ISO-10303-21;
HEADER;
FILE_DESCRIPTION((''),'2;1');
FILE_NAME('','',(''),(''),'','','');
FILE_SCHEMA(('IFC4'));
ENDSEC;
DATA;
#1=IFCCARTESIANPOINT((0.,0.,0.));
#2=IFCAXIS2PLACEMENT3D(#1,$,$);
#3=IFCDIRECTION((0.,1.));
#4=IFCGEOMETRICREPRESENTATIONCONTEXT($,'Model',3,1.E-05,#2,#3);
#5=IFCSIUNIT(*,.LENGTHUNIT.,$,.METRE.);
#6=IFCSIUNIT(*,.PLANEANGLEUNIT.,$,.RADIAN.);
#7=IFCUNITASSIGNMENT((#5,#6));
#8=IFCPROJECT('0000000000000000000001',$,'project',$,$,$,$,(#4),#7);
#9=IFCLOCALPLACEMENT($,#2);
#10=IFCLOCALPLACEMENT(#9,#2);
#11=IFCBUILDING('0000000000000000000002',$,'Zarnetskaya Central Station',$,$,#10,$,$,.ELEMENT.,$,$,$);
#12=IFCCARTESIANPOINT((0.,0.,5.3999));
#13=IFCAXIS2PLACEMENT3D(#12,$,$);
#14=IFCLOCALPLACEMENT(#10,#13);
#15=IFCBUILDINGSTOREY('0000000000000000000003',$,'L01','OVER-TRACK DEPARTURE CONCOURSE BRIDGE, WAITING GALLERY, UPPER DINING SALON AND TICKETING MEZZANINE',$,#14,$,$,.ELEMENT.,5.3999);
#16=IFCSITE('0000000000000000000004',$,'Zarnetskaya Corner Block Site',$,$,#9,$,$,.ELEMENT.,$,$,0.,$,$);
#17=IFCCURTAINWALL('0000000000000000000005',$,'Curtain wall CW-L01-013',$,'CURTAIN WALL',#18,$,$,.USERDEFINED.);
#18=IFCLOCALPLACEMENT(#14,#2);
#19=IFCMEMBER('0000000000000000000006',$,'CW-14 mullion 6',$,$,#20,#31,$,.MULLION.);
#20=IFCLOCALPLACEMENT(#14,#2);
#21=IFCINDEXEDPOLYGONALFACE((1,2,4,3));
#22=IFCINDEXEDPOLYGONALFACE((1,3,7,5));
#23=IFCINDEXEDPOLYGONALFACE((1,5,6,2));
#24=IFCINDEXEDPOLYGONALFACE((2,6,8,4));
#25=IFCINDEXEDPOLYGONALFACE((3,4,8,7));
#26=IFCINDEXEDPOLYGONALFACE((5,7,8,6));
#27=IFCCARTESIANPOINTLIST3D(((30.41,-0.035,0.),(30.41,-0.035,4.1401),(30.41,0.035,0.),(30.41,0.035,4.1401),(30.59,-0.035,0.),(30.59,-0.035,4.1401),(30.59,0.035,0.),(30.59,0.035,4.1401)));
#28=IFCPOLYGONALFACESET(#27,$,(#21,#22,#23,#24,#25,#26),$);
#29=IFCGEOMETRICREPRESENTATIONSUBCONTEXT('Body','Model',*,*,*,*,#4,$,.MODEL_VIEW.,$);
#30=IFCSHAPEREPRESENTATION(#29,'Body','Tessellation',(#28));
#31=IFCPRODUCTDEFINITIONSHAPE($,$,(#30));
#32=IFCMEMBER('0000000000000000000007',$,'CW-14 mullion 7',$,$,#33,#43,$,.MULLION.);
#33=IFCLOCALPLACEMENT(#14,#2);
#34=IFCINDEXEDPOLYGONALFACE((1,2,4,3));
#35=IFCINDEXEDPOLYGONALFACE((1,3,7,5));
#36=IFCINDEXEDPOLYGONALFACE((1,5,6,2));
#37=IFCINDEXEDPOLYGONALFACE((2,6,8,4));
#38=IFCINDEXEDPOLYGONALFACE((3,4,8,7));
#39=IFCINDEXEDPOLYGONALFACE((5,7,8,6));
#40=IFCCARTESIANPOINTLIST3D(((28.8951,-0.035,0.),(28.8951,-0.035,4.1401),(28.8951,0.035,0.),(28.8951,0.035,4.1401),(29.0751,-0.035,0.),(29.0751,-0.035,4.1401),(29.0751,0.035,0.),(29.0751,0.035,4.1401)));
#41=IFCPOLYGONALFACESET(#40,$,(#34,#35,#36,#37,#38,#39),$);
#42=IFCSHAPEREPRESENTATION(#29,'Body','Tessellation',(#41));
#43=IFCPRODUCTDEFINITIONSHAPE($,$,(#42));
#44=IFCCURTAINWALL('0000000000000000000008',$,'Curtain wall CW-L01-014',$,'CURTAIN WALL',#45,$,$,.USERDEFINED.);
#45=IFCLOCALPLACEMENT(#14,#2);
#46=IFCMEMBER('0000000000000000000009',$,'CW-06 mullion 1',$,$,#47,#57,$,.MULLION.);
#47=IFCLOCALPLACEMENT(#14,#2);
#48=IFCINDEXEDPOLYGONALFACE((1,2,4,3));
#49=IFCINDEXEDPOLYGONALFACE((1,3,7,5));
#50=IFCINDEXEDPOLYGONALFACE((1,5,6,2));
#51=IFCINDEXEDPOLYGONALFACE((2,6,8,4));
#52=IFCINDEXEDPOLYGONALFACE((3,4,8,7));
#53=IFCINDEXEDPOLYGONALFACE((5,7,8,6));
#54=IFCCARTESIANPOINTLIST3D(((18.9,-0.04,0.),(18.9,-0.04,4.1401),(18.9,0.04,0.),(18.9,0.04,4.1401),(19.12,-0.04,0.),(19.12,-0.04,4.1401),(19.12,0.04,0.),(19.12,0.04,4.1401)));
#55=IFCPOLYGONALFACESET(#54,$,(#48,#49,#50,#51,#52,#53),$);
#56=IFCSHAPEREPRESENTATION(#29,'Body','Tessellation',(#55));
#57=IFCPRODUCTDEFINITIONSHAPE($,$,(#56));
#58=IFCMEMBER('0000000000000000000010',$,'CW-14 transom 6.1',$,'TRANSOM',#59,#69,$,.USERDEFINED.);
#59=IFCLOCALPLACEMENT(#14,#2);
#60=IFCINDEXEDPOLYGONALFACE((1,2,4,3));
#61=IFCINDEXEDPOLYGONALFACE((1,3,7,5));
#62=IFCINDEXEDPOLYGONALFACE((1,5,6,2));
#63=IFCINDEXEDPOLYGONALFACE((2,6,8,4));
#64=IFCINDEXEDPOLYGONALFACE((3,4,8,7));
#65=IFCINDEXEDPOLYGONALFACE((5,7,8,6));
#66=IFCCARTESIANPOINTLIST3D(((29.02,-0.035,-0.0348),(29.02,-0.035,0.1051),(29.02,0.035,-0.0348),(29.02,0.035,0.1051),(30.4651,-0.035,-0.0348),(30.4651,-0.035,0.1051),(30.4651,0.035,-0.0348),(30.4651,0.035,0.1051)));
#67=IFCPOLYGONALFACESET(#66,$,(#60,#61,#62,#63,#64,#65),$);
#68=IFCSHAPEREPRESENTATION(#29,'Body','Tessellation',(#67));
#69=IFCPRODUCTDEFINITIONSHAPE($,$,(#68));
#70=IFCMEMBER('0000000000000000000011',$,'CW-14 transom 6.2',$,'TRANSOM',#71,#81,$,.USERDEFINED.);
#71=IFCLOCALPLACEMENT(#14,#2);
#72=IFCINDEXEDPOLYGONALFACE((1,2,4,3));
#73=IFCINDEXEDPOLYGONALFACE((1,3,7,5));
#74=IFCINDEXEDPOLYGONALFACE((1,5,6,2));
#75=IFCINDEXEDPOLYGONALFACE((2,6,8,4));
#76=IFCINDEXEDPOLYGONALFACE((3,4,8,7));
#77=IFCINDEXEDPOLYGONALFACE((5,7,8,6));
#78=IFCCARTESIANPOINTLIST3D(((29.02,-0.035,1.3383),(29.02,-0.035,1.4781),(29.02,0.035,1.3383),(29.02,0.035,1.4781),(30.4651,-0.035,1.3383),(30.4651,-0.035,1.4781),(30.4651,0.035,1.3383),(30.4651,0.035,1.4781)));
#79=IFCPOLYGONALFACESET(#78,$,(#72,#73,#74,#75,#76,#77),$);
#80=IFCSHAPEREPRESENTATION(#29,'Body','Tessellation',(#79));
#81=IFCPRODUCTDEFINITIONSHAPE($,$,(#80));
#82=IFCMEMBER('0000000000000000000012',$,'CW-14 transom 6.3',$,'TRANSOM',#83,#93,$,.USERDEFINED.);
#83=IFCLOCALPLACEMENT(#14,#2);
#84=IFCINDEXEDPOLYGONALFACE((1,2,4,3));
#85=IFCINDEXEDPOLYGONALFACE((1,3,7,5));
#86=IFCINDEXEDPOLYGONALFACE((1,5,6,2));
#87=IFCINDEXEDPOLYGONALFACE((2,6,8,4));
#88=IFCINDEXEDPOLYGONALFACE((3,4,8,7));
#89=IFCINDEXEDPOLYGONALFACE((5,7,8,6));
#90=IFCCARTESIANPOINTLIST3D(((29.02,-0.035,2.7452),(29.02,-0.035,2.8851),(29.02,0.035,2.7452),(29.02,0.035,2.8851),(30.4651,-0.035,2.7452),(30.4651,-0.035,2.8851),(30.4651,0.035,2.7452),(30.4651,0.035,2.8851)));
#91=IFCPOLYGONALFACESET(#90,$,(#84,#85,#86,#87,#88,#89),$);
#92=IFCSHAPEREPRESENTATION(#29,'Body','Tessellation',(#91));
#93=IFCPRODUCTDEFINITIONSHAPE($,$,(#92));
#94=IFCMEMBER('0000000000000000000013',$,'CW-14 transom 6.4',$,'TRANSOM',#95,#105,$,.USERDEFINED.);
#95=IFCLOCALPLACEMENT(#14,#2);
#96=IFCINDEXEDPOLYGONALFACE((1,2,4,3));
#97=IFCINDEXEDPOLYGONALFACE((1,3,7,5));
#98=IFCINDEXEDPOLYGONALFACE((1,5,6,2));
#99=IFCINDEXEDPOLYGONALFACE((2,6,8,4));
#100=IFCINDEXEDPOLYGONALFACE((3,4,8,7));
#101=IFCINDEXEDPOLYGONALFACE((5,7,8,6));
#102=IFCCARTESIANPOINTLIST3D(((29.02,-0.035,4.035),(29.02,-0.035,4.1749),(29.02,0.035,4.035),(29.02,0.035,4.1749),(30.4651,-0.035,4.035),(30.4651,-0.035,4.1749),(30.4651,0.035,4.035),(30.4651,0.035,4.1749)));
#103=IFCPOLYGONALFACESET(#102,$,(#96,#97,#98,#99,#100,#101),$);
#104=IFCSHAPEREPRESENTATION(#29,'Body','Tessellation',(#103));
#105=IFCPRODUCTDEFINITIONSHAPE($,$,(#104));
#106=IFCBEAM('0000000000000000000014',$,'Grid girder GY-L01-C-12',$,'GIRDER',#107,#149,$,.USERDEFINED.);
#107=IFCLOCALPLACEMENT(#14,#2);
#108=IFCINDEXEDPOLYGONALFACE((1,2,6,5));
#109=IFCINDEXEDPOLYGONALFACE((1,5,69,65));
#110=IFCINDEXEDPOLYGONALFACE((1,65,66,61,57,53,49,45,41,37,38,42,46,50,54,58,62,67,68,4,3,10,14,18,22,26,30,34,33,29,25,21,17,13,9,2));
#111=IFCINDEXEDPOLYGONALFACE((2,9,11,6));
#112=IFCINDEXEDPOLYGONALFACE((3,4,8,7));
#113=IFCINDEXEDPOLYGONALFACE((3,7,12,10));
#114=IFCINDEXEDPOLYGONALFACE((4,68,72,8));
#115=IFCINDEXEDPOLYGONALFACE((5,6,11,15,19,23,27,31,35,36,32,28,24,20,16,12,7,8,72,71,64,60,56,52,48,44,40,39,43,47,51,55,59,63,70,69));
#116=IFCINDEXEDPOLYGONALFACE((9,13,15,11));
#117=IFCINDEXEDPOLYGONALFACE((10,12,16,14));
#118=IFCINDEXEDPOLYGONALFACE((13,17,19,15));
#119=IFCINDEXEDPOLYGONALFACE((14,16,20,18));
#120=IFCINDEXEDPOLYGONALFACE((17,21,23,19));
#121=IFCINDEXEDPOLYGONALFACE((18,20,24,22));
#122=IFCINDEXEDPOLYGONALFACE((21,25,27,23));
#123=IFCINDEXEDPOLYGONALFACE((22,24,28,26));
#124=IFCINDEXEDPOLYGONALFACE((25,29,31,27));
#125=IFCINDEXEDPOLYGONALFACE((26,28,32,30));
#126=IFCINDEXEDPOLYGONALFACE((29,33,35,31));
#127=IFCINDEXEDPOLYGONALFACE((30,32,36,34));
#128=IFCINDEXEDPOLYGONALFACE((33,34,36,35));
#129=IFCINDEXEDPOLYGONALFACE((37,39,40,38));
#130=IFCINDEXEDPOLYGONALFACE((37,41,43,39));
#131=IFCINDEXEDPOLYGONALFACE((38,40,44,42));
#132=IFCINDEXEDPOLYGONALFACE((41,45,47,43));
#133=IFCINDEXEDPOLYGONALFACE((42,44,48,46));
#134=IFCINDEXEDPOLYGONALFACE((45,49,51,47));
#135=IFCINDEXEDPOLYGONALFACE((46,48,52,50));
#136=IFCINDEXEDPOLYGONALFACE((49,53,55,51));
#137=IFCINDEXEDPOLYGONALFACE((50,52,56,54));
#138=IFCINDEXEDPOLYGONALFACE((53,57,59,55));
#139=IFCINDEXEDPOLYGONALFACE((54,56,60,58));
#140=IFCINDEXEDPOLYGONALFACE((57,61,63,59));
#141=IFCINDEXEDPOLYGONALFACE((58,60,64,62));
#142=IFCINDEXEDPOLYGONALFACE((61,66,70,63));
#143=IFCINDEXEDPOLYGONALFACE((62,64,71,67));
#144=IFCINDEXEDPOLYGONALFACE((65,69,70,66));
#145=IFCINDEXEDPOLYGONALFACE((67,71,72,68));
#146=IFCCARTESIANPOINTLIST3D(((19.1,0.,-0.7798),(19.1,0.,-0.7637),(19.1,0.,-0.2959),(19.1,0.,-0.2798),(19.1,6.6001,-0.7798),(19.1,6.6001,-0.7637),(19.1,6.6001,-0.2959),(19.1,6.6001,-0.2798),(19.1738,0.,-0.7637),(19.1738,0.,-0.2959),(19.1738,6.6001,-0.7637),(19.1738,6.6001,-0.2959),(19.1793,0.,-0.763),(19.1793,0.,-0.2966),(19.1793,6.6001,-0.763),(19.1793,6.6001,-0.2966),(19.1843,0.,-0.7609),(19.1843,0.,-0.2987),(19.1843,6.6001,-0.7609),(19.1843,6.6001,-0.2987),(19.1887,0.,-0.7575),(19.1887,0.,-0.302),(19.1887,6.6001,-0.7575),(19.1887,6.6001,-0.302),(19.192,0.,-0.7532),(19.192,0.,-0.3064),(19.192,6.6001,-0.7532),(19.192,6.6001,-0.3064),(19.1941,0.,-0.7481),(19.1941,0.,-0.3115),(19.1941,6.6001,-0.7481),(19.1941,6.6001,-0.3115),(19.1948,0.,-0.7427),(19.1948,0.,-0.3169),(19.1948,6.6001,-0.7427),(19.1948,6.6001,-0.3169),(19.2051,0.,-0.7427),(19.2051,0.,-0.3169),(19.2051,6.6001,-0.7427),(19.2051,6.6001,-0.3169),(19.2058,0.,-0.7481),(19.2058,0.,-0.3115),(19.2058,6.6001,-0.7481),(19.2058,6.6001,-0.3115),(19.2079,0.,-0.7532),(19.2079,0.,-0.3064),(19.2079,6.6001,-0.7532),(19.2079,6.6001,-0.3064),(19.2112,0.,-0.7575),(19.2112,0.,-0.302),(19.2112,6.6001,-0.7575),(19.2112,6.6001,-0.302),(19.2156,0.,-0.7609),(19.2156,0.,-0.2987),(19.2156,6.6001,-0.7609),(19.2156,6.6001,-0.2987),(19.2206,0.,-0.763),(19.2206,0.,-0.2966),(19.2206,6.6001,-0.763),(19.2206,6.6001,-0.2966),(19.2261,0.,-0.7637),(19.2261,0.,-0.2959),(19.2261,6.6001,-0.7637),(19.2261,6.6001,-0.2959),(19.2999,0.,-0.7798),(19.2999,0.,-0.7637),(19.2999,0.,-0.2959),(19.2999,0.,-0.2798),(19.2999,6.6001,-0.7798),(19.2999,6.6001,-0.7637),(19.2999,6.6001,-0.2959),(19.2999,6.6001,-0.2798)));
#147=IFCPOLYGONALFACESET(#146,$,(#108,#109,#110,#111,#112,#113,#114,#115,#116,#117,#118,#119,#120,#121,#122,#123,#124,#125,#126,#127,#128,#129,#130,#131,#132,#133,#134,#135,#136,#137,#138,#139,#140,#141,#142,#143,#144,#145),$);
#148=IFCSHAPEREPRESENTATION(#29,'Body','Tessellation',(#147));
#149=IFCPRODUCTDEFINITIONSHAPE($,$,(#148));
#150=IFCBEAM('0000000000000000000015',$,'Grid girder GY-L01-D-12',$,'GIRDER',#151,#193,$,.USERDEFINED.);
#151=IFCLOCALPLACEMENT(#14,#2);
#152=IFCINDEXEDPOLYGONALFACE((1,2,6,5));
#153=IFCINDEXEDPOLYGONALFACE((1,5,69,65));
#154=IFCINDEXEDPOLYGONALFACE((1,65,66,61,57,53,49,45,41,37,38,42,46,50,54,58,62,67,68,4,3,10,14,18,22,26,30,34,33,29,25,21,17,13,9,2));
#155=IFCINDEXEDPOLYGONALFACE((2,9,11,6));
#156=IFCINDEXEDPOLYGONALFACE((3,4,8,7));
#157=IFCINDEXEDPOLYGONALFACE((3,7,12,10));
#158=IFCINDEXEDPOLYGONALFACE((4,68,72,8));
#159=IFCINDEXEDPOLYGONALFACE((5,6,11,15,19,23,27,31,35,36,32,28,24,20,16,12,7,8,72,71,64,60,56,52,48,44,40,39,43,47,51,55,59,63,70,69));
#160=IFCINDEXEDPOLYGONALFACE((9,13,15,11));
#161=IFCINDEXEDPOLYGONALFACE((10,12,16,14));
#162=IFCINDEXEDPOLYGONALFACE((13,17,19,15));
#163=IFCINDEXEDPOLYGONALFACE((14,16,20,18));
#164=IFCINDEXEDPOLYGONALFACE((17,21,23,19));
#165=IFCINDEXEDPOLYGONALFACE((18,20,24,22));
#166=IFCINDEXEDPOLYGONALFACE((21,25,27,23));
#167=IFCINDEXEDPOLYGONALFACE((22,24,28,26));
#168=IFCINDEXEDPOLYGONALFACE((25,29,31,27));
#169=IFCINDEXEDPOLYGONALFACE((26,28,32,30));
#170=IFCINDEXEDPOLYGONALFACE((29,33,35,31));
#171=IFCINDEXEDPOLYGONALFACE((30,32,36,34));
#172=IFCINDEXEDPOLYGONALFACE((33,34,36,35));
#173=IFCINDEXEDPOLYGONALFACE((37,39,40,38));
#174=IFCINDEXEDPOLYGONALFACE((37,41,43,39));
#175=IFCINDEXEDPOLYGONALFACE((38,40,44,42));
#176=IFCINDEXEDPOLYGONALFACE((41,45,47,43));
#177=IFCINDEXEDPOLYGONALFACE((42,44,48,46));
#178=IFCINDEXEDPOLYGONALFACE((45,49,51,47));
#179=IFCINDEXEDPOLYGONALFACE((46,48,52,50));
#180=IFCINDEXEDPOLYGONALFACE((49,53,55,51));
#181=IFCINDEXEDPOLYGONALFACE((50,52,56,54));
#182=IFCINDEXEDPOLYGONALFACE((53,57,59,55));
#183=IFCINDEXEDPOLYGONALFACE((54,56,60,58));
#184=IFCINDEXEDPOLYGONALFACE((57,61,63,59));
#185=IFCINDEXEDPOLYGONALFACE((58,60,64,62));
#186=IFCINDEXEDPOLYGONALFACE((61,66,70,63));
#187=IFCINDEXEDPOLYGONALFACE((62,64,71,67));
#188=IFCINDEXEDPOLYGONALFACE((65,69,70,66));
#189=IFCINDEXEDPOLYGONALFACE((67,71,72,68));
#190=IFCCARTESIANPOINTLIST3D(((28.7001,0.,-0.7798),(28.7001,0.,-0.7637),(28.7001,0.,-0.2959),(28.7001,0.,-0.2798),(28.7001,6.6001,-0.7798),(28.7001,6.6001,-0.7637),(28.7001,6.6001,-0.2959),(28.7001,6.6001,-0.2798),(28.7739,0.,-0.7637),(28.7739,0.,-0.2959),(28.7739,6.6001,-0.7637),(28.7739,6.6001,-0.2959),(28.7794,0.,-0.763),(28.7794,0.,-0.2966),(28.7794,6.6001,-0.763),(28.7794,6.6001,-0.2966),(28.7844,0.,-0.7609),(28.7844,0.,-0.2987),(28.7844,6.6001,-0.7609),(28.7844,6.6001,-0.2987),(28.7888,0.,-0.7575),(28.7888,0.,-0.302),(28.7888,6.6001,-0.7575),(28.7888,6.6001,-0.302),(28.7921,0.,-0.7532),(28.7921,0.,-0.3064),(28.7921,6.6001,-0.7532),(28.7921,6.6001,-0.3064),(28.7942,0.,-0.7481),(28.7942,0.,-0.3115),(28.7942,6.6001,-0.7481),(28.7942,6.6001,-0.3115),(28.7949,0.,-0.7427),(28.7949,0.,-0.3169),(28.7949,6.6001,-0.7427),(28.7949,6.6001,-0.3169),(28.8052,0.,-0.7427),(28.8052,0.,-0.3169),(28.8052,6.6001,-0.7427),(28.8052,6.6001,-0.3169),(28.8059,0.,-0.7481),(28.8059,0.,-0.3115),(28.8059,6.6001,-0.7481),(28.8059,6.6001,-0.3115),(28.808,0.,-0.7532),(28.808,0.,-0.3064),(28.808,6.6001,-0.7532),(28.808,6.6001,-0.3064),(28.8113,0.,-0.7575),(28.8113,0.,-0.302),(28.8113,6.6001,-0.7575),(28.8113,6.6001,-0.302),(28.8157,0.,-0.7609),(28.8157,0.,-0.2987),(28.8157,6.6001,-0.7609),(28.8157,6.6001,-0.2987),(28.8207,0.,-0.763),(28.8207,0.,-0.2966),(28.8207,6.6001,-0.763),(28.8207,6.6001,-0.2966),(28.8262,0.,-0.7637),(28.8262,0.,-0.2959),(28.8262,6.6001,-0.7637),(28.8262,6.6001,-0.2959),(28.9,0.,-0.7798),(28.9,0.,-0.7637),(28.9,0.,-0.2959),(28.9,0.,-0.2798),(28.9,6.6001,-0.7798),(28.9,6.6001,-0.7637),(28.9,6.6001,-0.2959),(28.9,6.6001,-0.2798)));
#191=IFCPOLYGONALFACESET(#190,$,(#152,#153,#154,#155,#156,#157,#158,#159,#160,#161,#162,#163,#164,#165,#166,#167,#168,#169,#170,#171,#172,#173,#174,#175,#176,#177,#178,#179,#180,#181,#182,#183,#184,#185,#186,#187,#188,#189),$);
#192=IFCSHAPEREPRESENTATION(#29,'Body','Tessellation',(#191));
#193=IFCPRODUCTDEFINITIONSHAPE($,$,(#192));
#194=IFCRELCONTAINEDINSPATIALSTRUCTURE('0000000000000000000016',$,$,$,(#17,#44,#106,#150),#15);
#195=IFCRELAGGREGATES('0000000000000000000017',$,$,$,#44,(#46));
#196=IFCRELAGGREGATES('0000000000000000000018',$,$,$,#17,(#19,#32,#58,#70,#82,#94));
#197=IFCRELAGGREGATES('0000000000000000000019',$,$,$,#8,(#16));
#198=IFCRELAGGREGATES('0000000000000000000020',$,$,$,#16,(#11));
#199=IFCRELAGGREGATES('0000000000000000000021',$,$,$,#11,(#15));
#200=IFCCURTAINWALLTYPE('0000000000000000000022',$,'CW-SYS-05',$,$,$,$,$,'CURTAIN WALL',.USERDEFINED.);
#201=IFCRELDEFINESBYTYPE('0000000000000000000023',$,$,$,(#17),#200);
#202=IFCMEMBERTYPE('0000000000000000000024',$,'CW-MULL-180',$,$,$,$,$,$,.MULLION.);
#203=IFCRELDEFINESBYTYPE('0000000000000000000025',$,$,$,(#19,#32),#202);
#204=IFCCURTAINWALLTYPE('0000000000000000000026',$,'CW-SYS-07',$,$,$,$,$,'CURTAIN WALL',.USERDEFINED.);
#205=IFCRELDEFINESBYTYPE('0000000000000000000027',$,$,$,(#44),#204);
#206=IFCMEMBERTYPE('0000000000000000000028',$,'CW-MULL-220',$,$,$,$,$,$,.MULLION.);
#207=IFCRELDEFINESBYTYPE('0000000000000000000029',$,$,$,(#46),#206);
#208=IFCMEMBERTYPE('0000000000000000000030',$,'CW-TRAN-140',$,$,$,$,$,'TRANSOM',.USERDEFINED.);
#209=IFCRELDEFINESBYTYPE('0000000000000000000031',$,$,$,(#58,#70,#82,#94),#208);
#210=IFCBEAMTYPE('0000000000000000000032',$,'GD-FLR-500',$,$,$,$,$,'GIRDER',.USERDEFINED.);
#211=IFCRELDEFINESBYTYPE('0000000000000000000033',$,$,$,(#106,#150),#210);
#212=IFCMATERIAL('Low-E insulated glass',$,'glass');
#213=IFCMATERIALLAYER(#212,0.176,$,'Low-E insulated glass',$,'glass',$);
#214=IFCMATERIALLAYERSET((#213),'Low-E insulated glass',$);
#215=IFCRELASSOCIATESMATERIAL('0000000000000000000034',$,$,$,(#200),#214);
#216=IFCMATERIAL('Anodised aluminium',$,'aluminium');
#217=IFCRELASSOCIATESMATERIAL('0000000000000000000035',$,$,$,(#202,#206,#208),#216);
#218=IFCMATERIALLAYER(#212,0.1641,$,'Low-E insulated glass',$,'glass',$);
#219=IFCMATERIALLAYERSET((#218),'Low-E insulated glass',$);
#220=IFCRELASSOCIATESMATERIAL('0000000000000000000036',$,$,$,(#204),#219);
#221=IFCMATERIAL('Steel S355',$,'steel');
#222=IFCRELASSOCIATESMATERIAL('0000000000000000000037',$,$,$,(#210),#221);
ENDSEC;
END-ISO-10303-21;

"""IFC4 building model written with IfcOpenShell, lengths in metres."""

from ifc_helpers import new_model, si_unit, direction, frame, origin, origin_2d, place, context, subcontext, project, spatial, rectangle, i_section, extrude, material, layer, layer_set, material_profile, profile_set, type_object, element, aggregate, save


model = new_model("IFC4")

# Units and contexts
model_context = context("Model", 3, precision=1e-05, world=origin(), true_north=direction((0.0, 1.0)))
body_context = subcontext(model_context, "Body", "Model", "MODEL_VIEW")
ifc_project = project(units=[si_unit("LENGTHUNIT", "METRE"), si_unit("PLANEANGLEUNIT", "RADIAN")], contexts=[model_context])

# Site, building, storey
site_placement = place(None, origin())
site = spatial("IfcSite", under=ifc_project, at=site_placement, Name="Zarnetskaya Corner Block Site", CompositionType="ELEMENT", RefElevation=0.0)
building_placement = place(site_placement, origin())
building = spatial("IfcBuilding", under=site, at=building_placement, Name="Zarnetskaya Central Station", CompositionType="ELEMENT")
storey_placement = place(building_placement, frame((0.0, 0.0, 5.3999)))
storey = spatial("IfcBuildingStorey", under=building, at=storey_placement, Name="L01", Description="OVER-TRACK DEPARTURE CONCOURSE BRIDGE, WAITING GALLERY, UPPER DINING SALON AND TICKETING MEZZANINE", CompositionType="ELEMENT", Elevation=5.3999)

# Shared definitions
ifc_material_1 = material(Name="Steel S355", Category="steel")

# Curtain wall, members
ifc_material_2 = material(Name="Low-E insulated glass", Category="glass")
ifc_layer_1 = layer(ifc_material_2, 0.176, Name="Low-E insulated glass", Category="glass")
ifc_layer_set_1 = layer_set([ifc_layer_1], Name="Low-E insulated glass")
curtain_wall_type_1 = type_object("IfcCurtainWallType", Name="CW-SYS-05", ElementType="CURTAIN WALL", PredefinedType="USERDEFINED", material=ifc_layer_set_1)
curtain_wall_1_placement = place(storey_placement, origin())
curtain_wall_1 = element("IfcCurtainWall", 1, at=curtain_wall_1_placement, inside=storey, type_object=curtain_wall_type_1, Name="Curtain wall CW-L01-013", ObjectType="CURTAIN WALL", PredefinedType="USERDEFINED")
ifc_material_3 = material(Name="Anodised aluminium", Category="aluminium")
ifc_material_profile_1 = material_profile(ifc_material_3, rectangle(XDim=0.0701, YDim=0.1799, at=origin_2d()), Name="ALU MULL 70x180")
ifc_profile_set_1 = profile_set([ifc_material_profile_1], Name="Anodised aluminium")
member_type_1 = type_object("IfcMemberType", Name="CW-MULL-180", PredefinedType="MULLION", material=ifc_profile_set_1)
member_1_placement = place(storey_placement, frame((30.5, 0.0, 0.0), z_axis=(0.0, 0.0, 1.0), x_axis=(0.0, -1.0, 0.0)))
member_1 = element("IfcMember", 2, at=member_1_placement, type_object=member_type_1, Name="CW-14 mullion 6", PredefinedType="MULLION", context=body_context, shape_type="SweptSolid", body=[
    extrude(rectangle(XDim=0.0701, YDim=0.1799, at=origin_2d()), origin(), (0.0, 0.0, 1.0), 4.1401),
])
member_2_placement = place(storey_placement, frame((28.9851, 0.0, 0.0), z_axis=(0.0, 0.0, 1.0), x_axis=(0.0, -1.0, 0.0)))
member_2 = element("IfcMember", 3, at=member_2_placement, type_object=member_type_1, Name="CW-14 mullion 7", PredefinedType="MULLION", context=body_context, shape_type="SweptSolid", body=[
    extrude(rectangle(XDim=0.0701, YDim=0.1799, at=origin_2d()), origin(), (0.0, 0.0, 1.0), 4.1401),
])

# Curtain wall, member
ifc_layer_2 = layer(ifc_material_2, 0.1641, Name="Low-E insulated glass", Category="glass")
ifc_layer_set_2 = layer_set([ifc_layer_2], Name="Low-E insulated glass")
curtain_wall_type_2 = type_object("IfcCurtainWallType", Name="CW-SYS-07", ElementType="CURTAIN WALL", PredefinedType="USERDEFINED", material=ifc_layer_set_2)
curtain_wall_2_placement = place(storey_placement, origin())
curtain_wall_2 = element("IfcCurtainWall", 4, at=curtain_wall_2_placement, inside=storey, type_object=curtain_wall_type_2, Name="Curtain wall CW-L01-014", ObjectType="CURTAIN WALL", PredefinedType="USERDEFINED")
ifc_material_profile_2 = material_profile(ifc_material_3, rectangle(XDim=0.0801, YDim=0.22, at=origin_2d()), Name="ALU MULL 80x220")
ifc_profile_set_2 = profile_set([ifc_material_profile_2], Name="Anodised aluminium")
member_type_2 = type_object("IfcMemberType", Name="CW-MULL-220", PredefinedType="MULLION", material=ifc_profile_set_2)
member_3_placement = place(storey_placement, frame((19.01, 0.0, 0.0), z_axis=(0.0, 0.0, 1.0), x_axis=(0.0, -1.0, 0.0)))
member_3 = element("IfcMember", 5, at=member_3_placement, type_object=member_type_2, Name="CW-06 mullion 1", PredefinedType="MULLION", context=body_context, shape_type="SweptSolid", body=[
    extrude(rectangle(XDim=0.0801, YDim=0.22, at=origin_2d()), origin(), (0.0, 0.0, 1.0), 4.1401),
])
aggregate(curtain_wall_2, [member_3])

# Members
ifc_material_profile_3 = material_profile(ifc_material_3, rectangle(XDim=0.0701, YDim=0.1399, at=origin_2d()), Name="ALU TRAN 70x140")
ifc_profile_set_3 = profile_set([ifc_material_profile_3], Name="Anodised aluminium")
member_type_3 = type_object("IfcMemberType", Name="CW-TRAN-140", ElementType="TRANSOM", PredefinedType="USERDEFINED", material=ifc_profile_set_3)
member_4_placement = place(storey_placement, frame((30.4651, 0.0, 0.0352), z_axis=(-1.0, 0.0, 0.0), x_axis=(0.0, -1.0, 0.0)))
member_4 = element("IfcMember", 6, at=member_4_placement, type_object=member_type_3, Name="CW-14 transom 6.1", ObjectType="TRANSOM", PredefinedType="USERDEFINED", context=body_context, shape_type="SweptSolid", body=[
    extrude(rectangle(XDim=0.0701, YDim=0.1399, at=origin_2d()), origin(), (0.0, 0.0, 1.0), 1.4451),
])
member_5_placement = place(storey_placement, frame((30.4651, 0.0, 1.4082), z_axis=(-1.0, 0.0, 0.0), x_axis=(0.0, -1.0, 0.0)))
member_5 = element("IfcMember", 7, at=member_5_placement, type_object=member_type_3, Name="CW-14 transom 6.2", ObjectType="TRANSOM", PredefinedType="USERDEFINED", context=body_context, shape_type="SweptSolid", body=[
    extrude(rectangle(XDim=0.0701, YDim=0.1399, at=origin_2d()), origin(), (0.0, 0.0, 1.0), 1.4451),
])
member_6_placement = place(storey_placement, frame((30.4651, 0.0, 2.8152), z_axis=(-1.0, 0.0, 0.0), x_axis=(0.0, -1.0, 0.0)))
member_6 = element("IfcMember", 8, at=member_6_placement, type_object=member_type_3, Name="CW-14 transom 6.3", ObjectType="TRANSOM", PredefinedType="USERDEFINED", context=body_context, shape_type="SweptSolid", body=[
    extrude(rectangle(XDim=0.0701, YDim=0.1399, at=origin_2d()), origin(), (0.0, 0.0, 1.0), 1.4451),
])
member_7_placement = place(storey_placement, frame((30.4651, 0.0, 4.105), z_axis=(-1.0, 0.0, 0.0), x_axis=(0.0, -1.0, 0.0)))
member_7 = element("IfcMember", 9, at=member_7_placement, type_object=member_type_3, Name="CW-14 transom 6.4", ObjectType="TRANSOM", PredefinedType="USERDEFINED", context=body_context, shape_type="SweptSolid", body=[
    extrude(rectangle(XDim=0.0701, YDim=0.1399, at=origin_2d()), origin(), (0.0, 0.0, 1.0), 1.4451),
])

# Beams
ifc_material_profile_4 = material_profile(ifc_material_1, i_section(OverallWidth=0.2, OverallDepth=0.5, WebThickness=0.0103, FlangeThickness=0.0161, FilletRadius=0.021, at=origin_2d()), Name="IPE 500")
ifc_profile_set_4 = profile_set([ifc_material_profile_4], Name="Steel S355")
beam_type_1 = type_object("IfcBeamType", Name="GD-FLR-500", ElementType="GIRDER", PredefinedType="USERDEFINED", material=ifc_profile_set_4)
for number, where, z_axis, x_axis, name in (
    (10, (19.2, 0.0, -0.5298), (0.0, 1.0, 0.0), (-1.0, 0.0, 0.0), "Grid girder GY-L01-C-12"),
    (11, (28.8, 0.0, -0.5298), (0.0, 1.0, 0.0), (-1.0, 0.0, 0.0), "Grid girder GY-L01-D-12"),
):
    element("IfcBeam", number, at=place(storey_placement, frame(where, z_axis=z_axis, x_axis=x_axis)), inside=storey, type_object=beam_type_1, Name=name, ObjectType="GIRDER", PredefinedType="USERDEFINED", context=body_context, shape_type="SweptSolid", body=[
        extrude(i_section(OverallWidth=0.2, OverallDepth=0.5, WebThickness=0.0103, FlangeThickness=0.0161, FilletRadius=0.021, at=origin_2d()), origin(), (0.0, 0.0, 1.0), 6.6001),
    ])

aggregate(curtain_wall_1, [member_1, member_2, member_4, member_5, member_6, member_7])

save(model, "model.ifc")
